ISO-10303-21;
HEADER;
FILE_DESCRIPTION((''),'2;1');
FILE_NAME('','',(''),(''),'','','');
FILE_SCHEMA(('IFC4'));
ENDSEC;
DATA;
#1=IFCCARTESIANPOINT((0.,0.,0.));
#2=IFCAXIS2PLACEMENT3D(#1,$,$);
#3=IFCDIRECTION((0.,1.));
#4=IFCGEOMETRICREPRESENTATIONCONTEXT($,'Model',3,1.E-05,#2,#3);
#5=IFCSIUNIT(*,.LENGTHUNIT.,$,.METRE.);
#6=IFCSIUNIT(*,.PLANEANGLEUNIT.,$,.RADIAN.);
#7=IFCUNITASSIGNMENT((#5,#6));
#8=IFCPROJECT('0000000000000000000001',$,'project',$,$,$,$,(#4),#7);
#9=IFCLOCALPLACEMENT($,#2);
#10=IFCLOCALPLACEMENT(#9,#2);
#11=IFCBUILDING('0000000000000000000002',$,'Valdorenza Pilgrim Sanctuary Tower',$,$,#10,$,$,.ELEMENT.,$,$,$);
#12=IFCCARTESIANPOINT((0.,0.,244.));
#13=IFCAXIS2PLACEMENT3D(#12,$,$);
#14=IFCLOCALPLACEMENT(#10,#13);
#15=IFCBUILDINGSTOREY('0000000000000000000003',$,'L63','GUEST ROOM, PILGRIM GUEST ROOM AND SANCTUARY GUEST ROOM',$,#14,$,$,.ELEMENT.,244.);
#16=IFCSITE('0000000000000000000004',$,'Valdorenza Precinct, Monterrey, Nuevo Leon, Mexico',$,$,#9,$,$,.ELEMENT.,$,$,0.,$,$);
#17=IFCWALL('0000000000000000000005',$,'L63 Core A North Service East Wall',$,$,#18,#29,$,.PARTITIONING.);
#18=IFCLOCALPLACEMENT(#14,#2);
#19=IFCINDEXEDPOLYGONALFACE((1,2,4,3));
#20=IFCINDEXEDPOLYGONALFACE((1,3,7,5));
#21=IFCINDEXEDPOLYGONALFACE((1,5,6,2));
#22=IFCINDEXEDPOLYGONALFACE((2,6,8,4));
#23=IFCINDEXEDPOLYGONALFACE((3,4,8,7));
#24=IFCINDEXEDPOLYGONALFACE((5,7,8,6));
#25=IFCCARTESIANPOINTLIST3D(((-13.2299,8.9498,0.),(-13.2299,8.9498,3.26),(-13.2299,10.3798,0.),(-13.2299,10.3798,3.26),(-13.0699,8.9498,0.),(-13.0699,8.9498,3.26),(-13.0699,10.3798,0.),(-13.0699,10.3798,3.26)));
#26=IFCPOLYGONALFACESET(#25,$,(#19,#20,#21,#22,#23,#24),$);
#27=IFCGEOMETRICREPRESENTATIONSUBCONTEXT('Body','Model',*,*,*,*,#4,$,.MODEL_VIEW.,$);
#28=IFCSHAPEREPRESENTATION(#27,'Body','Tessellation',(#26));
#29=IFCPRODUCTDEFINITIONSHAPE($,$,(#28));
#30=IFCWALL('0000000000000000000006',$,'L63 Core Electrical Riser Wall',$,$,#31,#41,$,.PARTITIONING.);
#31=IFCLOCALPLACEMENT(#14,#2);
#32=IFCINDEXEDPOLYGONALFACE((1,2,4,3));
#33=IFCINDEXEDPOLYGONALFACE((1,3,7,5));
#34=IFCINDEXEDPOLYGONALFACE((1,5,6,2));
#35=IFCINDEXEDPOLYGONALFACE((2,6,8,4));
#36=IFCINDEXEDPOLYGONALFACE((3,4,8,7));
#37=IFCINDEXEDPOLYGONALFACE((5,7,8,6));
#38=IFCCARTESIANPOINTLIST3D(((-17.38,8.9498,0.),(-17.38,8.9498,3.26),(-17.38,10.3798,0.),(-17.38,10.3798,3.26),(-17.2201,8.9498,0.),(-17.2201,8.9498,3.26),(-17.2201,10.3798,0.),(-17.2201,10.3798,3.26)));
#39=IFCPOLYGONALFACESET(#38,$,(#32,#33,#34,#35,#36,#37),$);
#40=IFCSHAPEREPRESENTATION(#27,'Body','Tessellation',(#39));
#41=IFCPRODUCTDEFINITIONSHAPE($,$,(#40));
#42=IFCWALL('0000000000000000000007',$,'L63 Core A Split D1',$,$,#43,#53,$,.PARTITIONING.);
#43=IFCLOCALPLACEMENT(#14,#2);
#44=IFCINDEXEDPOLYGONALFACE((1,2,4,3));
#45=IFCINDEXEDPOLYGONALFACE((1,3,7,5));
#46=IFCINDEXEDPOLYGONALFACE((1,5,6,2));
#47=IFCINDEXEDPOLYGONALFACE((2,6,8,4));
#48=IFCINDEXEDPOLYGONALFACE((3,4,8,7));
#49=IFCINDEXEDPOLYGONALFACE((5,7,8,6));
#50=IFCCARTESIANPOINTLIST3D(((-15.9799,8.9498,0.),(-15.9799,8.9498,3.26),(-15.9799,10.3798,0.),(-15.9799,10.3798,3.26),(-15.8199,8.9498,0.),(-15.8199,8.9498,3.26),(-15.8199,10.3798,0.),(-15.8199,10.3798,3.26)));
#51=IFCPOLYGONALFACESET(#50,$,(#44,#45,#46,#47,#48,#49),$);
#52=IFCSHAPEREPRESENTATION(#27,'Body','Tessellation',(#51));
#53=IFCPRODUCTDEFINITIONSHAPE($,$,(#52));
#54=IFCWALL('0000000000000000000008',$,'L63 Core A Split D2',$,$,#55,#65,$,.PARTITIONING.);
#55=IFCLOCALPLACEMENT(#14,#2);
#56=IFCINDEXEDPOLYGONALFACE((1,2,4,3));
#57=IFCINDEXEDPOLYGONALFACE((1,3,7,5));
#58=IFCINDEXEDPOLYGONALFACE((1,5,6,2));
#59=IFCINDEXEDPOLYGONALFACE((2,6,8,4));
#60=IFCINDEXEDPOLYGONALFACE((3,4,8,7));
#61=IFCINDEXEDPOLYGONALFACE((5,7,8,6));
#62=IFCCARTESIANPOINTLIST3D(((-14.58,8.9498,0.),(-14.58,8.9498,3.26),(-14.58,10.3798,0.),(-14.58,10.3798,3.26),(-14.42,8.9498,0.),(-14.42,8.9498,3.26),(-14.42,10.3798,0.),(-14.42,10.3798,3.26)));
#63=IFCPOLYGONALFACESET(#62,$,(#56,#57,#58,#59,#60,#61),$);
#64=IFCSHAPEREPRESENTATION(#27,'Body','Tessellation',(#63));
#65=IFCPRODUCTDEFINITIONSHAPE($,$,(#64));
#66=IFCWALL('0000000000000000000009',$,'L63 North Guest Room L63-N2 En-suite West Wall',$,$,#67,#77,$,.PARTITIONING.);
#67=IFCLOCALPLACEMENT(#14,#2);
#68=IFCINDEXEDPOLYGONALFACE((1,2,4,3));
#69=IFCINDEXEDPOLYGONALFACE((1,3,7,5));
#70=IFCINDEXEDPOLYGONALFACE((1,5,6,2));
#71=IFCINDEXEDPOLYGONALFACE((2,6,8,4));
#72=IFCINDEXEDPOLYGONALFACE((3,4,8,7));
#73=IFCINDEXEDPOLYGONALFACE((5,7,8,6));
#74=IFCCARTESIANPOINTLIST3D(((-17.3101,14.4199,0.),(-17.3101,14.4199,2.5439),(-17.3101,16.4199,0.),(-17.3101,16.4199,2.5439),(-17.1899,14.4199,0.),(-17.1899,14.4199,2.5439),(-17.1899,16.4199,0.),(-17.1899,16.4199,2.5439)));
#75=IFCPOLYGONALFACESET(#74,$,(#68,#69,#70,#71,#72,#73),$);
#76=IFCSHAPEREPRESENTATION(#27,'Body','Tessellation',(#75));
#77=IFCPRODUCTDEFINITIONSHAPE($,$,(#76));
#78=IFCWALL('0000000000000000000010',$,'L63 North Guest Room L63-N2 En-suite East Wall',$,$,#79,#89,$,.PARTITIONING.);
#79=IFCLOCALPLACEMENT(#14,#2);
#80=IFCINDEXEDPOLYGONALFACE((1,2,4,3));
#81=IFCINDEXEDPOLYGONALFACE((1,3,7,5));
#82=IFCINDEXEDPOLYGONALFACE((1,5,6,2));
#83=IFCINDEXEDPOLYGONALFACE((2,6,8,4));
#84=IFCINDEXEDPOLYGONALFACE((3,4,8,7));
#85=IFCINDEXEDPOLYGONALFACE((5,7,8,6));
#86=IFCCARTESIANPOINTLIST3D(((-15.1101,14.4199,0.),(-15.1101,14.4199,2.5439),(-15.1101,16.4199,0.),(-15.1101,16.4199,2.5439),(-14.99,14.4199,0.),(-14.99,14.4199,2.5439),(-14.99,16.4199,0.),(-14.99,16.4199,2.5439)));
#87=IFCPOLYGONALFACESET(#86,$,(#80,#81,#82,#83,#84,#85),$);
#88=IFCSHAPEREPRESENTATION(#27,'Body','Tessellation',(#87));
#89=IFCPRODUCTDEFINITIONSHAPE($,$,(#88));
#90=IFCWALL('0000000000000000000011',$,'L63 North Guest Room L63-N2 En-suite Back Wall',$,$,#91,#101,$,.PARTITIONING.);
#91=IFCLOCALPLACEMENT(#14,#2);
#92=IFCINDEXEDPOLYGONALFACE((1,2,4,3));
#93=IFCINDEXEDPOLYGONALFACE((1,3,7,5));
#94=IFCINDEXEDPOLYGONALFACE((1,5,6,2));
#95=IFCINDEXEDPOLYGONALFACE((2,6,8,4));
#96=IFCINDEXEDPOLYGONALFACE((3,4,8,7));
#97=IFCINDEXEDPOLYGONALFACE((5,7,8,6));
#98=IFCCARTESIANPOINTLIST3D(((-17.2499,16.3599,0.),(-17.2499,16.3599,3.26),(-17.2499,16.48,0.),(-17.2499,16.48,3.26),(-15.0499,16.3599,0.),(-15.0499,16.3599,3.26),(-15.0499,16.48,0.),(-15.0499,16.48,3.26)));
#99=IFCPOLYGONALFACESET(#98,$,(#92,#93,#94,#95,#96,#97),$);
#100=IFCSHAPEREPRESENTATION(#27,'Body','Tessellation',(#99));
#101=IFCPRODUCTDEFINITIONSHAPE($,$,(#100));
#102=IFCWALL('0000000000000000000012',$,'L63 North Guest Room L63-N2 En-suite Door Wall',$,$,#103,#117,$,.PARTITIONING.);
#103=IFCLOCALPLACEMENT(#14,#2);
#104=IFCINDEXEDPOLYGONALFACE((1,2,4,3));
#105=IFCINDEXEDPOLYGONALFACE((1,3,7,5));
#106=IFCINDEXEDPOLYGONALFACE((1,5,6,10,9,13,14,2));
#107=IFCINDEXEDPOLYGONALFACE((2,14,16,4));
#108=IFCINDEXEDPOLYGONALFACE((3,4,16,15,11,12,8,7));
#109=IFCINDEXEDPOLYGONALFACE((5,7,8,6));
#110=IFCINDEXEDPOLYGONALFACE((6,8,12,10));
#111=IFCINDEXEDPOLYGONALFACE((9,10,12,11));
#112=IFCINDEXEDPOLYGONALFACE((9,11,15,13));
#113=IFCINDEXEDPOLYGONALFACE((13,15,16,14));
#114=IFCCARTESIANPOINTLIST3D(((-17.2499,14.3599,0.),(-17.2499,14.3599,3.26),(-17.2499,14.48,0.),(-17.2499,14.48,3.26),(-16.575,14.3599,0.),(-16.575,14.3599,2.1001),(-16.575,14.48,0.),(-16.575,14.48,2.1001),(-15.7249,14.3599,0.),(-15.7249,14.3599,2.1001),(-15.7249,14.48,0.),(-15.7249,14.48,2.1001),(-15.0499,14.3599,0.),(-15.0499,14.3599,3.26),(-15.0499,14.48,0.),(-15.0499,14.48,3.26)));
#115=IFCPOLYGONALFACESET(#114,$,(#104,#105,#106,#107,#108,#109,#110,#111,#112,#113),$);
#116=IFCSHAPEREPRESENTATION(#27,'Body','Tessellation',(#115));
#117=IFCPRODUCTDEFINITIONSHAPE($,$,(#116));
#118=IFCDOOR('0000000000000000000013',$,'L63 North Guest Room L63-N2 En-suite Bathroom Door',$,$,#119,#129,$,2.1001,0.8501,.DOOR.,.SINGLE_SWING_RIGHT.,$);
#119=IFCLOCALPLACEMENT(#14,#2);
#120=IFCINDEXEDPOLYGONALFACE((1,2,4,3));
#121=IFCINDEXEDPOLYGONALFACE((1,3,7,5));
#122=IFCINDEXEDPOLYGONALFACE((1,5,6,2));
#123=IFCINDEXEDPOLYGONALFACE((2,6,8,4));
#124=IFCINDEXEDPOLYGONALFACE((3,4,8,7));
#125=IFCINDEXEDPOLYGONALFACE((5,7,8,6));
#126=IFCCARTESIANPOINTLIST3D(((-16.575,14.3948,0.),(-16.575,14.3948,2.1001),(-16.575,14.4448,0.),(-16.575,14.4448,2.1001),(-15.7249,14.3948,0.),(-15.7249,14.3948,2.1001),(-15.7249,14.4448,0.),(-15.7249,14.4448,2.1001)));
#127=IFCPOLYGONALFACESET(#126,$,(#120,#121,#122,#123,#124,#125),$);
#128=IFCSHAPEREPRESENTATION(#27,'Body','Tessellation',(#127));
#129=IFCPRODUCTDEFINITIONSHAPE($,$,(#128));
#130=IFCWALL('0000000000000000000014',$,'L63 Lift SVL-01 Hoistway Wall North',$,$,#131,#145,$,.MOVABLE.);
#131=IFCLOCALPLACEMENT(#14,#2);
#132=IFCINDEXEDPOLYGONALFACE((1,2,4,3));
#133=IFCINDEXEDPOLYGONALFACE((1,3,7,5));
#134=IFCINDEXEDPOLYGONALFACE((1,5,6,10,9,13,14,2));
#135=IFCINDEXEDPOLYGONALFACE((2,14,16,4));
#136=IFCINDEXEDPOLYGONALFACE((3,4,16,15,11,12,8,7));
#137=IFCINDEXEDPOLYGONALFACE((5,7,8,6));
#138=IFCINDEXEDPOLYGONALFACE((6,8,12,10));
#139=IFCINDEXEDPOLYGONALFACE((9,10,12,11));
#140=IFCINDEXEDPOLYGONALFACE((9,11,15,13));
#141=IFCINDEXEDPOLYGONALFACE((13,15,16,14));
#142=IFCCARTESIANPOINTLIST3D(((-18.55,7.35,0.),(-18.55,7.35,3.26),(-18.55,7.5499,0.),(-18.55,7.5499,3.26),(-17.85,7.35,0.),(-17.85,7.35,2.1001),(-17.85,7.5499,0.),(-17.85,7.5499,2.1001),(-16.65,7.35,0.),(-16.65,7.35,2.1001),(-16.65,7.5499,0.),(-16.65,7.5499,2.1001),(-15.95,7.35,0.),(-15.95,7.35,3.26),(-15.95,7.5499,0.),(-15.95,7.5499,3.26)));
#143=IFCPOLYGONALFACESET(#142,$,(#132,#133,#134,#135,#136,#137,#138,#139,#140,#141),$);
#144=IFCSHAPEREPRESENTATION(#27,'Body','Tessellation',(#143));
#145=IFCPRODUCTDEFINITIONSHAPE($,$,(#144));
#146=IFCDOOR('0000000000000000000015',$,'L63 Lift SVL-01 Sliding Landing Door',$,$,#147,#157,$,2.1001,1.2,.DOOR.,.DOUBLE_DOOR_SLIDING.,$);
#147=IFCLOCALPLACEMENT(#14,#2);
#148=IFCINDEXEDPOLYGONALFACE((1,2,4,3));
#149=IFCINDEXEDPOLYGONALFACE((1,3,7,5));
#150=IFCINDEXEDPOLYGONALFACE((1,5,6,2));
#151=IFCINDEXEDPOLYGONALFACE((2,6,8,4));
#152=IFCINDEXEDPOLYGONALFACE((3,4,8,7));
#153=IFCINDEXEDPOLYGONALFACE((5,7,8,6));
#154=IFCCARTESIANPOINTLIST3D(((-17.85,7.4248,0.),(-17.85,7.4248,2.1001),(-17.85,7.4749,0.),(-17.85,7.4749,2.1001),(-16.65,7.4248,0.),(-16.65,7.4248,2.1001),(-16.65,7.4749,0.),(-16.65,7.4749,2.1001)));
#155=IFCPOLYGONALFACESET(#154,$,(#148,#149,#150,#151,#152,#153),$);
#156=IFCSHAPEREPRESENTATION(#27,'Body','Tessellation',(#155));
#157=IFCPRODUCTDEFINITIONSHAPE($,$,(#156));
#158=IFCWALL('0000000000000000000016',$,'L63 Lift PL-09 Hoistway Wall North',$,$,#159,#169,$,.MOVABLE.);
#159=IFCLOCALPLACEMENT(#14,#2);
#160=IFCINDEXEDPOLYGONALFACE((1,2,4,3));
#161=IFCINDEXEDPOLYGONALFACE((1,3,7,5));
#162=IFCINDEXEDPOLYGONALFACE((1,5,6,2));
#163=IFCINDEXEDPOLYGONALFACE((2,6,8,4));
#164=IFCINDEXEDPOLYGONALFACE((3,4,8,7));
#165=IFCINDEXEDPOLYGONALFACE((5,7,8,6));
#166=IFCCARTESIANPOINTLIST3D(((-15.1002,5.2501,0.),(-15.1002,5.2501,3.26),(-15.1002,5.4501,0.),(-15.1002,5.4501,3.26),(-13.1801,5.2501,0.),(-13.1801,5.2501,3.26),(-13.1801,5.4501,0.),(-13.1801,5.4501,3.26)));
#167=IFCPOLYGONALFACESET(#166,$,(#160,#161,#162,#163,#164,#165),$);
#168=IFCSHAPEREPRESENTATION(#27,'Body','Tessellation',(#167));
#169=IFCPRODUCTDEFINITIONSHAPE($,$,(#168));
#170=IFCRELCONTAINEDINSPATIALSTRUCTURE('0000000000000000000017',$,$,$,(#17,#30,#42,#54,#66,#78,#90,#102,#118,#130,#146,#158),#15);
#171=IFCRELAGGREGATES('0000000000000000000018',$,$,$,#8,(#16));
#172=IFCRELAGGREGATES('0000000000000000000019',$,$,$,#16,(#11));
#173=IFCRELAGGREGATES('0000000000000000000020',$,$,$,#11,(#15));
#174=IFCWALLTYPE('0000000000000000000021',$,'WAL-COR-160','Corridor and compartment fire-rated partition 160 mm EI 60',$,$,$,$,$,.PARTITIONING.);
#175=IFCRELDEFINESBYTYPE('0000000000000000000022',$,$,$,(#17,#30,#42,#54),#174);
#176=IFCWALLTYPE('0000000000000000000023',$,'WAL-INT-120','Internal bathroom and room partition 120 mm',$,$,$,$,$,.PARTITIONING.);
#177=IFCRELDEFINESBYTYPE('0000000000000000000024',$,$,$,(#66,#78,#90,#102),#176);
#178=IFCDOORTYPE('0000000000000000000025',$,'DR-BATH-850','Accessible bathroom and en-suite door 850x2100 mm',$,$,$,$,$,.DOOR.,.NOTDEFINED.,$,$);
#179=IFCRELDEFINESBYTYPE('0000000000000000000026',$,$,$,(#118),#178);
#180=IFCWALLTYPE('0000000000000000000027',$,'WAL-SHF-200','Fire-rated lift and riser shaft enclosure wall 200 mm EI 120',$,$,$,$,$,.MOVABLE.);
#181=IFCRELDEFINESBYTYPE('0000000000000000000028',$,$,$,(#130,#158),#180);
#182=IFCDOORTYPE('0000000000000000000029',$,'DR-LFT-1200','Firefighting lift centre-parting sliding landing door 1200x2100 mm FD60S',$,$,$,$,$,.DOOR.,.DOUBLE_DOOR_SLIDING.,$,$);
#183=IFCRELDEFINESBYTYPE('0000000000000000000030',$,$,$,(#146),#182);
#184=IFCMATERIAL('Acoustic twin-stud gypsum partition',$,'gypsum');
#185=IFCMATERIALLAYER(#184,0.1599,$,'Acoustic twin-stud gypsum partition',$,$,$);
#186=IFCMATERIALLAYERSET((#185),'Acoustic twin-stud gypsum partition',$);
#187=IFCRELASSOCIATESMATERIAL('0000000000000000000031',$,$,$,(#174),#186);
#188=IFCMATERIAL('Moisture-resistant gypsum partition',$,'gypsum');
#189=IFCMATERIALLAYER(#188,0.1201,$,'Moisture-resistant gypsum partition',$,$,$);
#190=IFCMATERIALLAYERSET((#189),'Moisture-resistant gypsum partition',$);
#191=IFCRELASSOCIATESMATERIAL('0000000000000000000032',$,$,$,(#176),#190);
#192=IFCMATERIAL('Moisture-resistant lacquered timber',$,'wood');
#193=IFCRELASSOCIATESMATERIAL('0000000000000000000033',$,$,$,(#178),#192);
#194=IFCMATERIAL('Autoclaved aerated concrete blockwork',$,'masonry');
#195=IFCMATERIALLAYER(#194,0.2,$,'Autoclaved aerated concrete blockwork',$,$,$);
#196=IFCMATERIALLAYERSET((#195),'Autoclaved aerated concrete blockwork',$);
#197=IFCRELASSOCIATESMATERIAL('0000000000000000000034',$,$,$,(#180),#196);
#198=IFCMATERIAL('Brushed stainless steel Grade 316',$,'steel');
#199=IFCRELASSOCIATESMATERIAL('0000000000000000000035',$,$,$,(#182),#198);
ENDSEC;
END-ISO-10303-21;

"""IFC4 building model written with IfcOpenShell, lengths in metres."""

from ifc_helpers import new_model, si_unit, direction, frame, frame_2d, origin, place, context, subcontext, project, spatial, rectangle, extrude, material, layer, layer_set, type_object, element, fill, save


model = new_model("IFC4")

# Units and contexts
model_context = context("Model", 3, precision=1e-05, world=origin(), true_north=direction((0.0, 1.0)))
body_context = subcontext(model_context, "Body", "Model", "MODEL_VIEW")
ifc_project = project(units=[si_unit("LENGTHUNIT", "METRE"), si_unit("PLANEANGLEUNIT", "RADIAN")], contexts=[model_context])

# Site, building, storey
site_placement = place(None, origin())
site = spatial("IfcSite", under=ifc_project, at=site_placement, Name="Valdorenza Precinct, Monterrey, Nuevo Leon, Mexico", CompositionType="ELEMENT", RefElevation=0.0)
building_placement = place(site_placement, origin())
building = spatial("IfcBuilding", under=site, at=building_placement, Name="Valdorenza Pilgrim Sanctuary Tower", CompositionType="ELEMENT")
storey_placement = place(building_placement, frame((0.0, 0.0, 244.0)))
storey = spatial("IfcBuildingStorey", under=building, at=storey_placement, Name="L63", Description="GUEST ROOM, PILGRIM GUEST ROOM AND SANCTUARY GUEST ROOM", CompositionType="ELEMENT", Elevation=244.0)

# Shared definitions
ifc_material_1 = material(Name="Acoustic twin-stud gypsum partition", Category="gypsum")
ifc_layer_1 = layer(ifc_material_1, 0.1599, Name="Acoustic twin-stud gypsum partition")
ifc_layer_set_1 = layer_set([ifc_layer_1], Name="Acoustic twin-stud gypsum partition")
wall_type_1 = type_object("IfcWallType", Name="WAL-COR-160", Description="Corridor and compartment fire-rated partition 160 mm EI 60", PredefinedType="PARTITIONING", material=ifc_layer_set_1)

# Walls
for number, where, z_axis, x_axis, name in (
    (1, (-13.1499, 8.95, 0.0), (0.0, 0.0, 1.0), (0.0, 1.0, 0.0), "L63 Core A North Service East Wall"),
    (2, (-17.3, 8.95, 0.0), (0.0, 0.0, 1.0), (0.0, 1.0, 0.0), "L63 Core Electrical Riser Wall"),
    (3, (-15.8999, 8.95, 0.0), (0.0, 0.0, 1.0), (0.0, 1.0, 0.0), "L63 Core A Split D1"),
    (4, (-14.5, 8.95, 0.0), (0.0, 0.0, 1.0), (0.0, 1.0, 0.0), "L63 Core A Split D2"),
):
    element("IfcWall", number, at=place(storey_placement, frame(where, z_axis=z_axis, x_axis=x_axis)), inside=storey, type_object=wall_type_1, Name=name, PredefinedType="PARTITIONING", context=body_context, shape_type="SweptSolid", body=[
        extrude(rectangle(XDim=1.4299, YDim=0.1599, at=frame_2d((0.7148, 0.0))), origin(), (0.0, 0.0, 1.0), 3.26),
    ])
ifc_material_2 = material(Name="Moisture-resistant gypsum partition", Category="gypsum")
ifc_layer_2 = layer(ifc_material_2, 0.1201, Name="Moisture-resistant gypsum partition")
ifc_layer_set_2 = layer_set([ifc_layer_2], Name="Moisture-resistant gypsum partition")
wall_type_2 = type_object("IfcWallType", Name="WAL-INT-120", Description="Internal bathroom and room partition 120 mm", PredefinedType="PARTITIONING", material=ifc_layer_set_2)
for number, where, z_axis, x_axis, name in (
    (5, (-17.25, 14.4199, 0.0), (0.0, 0.0, 1.0), (0.0, 1.0, 0.0), "L63 North Guest Room L63-N2 En-suite West Wall"),
    (6, (-15.05, 14.4199, 0.0), (0.0, 0.0, 1.0), (0.0, 1.0, 0.0), "L63 North Guest Room L63-N2 En-suite East Wall"),
):
    element("IfcWall", number, at=place(storey_placement, frame(where, z_axis=z_axis, x_axis=x_axis)), inside=storey, type_object=wall_type_2, Name=name, PredefinedType="PARTITIONING", context=body_context, shape_type="SweptSolid", body=[
        extrude(rectangle(XDim=2.0, YDim=0.1201, at=frame_2d((1.0, 0.0))), origin(), (0.0, 0.0, 1.0), 2.5439),
    ])
wall_1_placement = place(storey_placement, frame((-17.25, 16.4199, 0.0), z_axis=(0.0, 0.0, 1.0), x_axis=(1.0, 0.0, 0.0)))
element("IfcWall", 7, at=wall_1_placement, inside=storey, type_object=wall_type_2, Name="L63 North Guest Room L63-N2 En-suite Back Wall", PredefinedType="PARTITIONING", context=body_context, shape_type="SweptSolid", body=[
    extrude(rectangle(XDim=2.2, YDim=0.1201, at=frame_2d((1.1001, 0.0))), origin(), (0.0, 0.0, 1.0), 3.26),
])

# Walls, openings, doors
wall_2_placement = place(storey_placement, frame((-17.25, 14.4199, 0.0), z_axis=(0.0, 0.0, 1.0), x_axis=(1.0, 0.0, 0.0)))
wall_2 = element("IfcWall", 8, at=wall_2_placement, inside=storey, type_object=wall_type_2, Name="L63 North Guest Room L63-N2 En-suite Door Wall", PredefinedType="PARTITIONING", context=body_context, shape_type="SweptSolid", body=[
    extrude(rectangle(XDim=2.2, YDim=0.1201, at=frame_2d((1.1001, 0.0))), origin(), (0.0, 0.0, 1.0), 3.26),
])
opening_1_placement = place(wall_2_placement, frame((0.675, 0.0, 0.0)))
opening_1 = element("IfcOpeningElement", 9, at=opening_1_placement, cuts=wall_2, PredefinedType="OPENING", context=body_context, shape_type="SweptSolid", body=[
    extrude(rectangle(XDim=0.8501, YDim=2.1001, at=frame_2d((0.425, 1.05))), frame((0.0, 0.075, 0.0), z_axis=(0.0, -1.0, 0.0), x_axis=(1.0, 0.0, 0.0)), (0.0, 0.0, 1.0), 0.1499),
])
ifc_material_3 = material(Name="Moisture-resistant lacquered timber", Category="wood")
door_type_1 = type_object("IfcDoorType", Name="DR-BATH-850", Description="Accessible bathroom and en-suite door 850x2100 mm", OperationType="NOTDEFINED", PredefinedType="DOOR", material=ifc_material_3)
door_1_placement = place(opening_1_placement, origin())
door_1 = element("IfcDoor", 10, at=door_1_placement, inside=storey, type_object=door_type_1, Name="L63 North Guest Room L63-N2 En-suite Bathroom Door", OperationType="SINGLE_SWING_RIGHT", OverallHeight=2.1001, OverallWidth=0.8501, PredefinedType="DOOR", context=body_context, shape_type="SweptSolid", body=[
    extrude(rectangle(XDim=0.8501, YDim=2.1001, at=frame_2d((0.425, 1.05))), frame((0.0, 0.0249, 0.0), z_axis=(0.0, -1.0, 0.0), x_axis=(1.0, 0.0, 0.0)), (0.0, 0.0, 1.0), 0.05),
])
fill(opening_1, door_1)
ifc_material_4 = material(Name="Autoclaved aerated concrete blockwork", Category="masonry")
ifc_layer_3 = layer(ifc_material_4, 0.2, Name="Autoclaved aerated concrete blockwork")
ifc_layer_set_3 = layer_set([ifc_layer_3], Name="Autoclaved aerated concrete blockwork")
wall_type_3 = type_object("IfcWallType", Name="WAL-SHF-200", Description="Fire-rated lift and riser shaft enclosure wall 200 mm EI 120", PredefinedType="MOVABLE", material=ifc_layer_set_3)
wall_3_placement = place(storey_placement, frame((-18.55, 7.45, 0.0), z_axis=(0.0, 0.0, 1.0), x_axis=(1.0, 0.0, 0.0)))
wall_3 = element("IfcWall", 11, at=wall_3_placement, inside=storey, type_object=wall_type_3, Name="L63 Lift SVL-01 Hoistway Wall North", PredefinedType="MOVABLE", context=body_context, shape_type="SweptSolid", body=[
    extrude(rectangle(XDim=2.6001, YDim=0.2, at=frame_2d((1.3, 0.0))), origin(), (0.0, 0.0, 1.0), 3.26),
])
opening_2_placement = place(wall_3_placement, frame((0.7, 0.0, 0.0)))
opening_2 = element("IfcOpeningElement", 12, at=opening_2_placement, cuts=wall_3, PredefinedType="OPENING", context=body_context, shape_type="SweptSolid", body=[
    extrude(rectangle(XDim=1.2, YDim=2.1001, at=frame_2d((0.6001, 1.05))), frame((0.0, 0.1147, 0.0), z_axis=(0.0, -1.0, 0.0), x_axis=(1.0, 0.0, 0.0)), (0.0, 0.0, 1.0), 0.2297),
])
ifc_material_5 = material(Name="Brushed stainless steel Grade 316", Category="steel")
door_type_2 = type_object("IfcDoorType", Name="DR-LFT-1200", Description="Firefighting lift centre-parting sliding landing door 1200x2100 mm FD60S", OperationType="DOUBLE_DOOR_SLIDING", PredefinedType="DOOR", material=ifc_material_5)
door_2_placement = place(opening_2_placement, origin())
door_2 = element("IfcDoor", 13, at=door_2_placement, inside=storey, type_object=door_type_2, Name="L63 Lift SVL-01 Sliding Landing Door", OperationType="DOUBLE_DOOR_SLIDING", OverallHeight=2.1001, OverallWidth=1.2, PredefinedType="DOOR", context=body_context, shape_type="SweptSolid", body=[
    extrude(rectangle(XDim=1.2, YDim=2.1001, at=frame_2d((0.6001, 1.05))), frame((0.0, 0.0249, 0.0), z_axis=(0.0, -1.0, 0.0), x_axis=(1.0, 0.0, 0.0)), (0.0, 0.0, 1.0), 0.05),
])
fill(opening_2, door_2)

# Wall
wall_4_placement = place(storey_placement, frame((-15.1001, 5.3501, 0.0), z_axis=(0.0, 0.0, 1.0), x_axis=(1.0, 0.0, 0.0)))
element("IfcWall", 14, at=wall_4_placement, inside=storey, type_object=wall_type_3, Name="L63 Lift PL-09 Hoistway Wall North", PredefinedType="MOVABLE", context=body_context, shape_type="SweptSolid", body=[
    extrude(rectangle(XDim=1.9202, YDim=0.2, at=frame_2d((0.96, 0.0))), origin(), (0.0, 0.0, 1.0), 3.26),
])

save(model, "model.ifc")
